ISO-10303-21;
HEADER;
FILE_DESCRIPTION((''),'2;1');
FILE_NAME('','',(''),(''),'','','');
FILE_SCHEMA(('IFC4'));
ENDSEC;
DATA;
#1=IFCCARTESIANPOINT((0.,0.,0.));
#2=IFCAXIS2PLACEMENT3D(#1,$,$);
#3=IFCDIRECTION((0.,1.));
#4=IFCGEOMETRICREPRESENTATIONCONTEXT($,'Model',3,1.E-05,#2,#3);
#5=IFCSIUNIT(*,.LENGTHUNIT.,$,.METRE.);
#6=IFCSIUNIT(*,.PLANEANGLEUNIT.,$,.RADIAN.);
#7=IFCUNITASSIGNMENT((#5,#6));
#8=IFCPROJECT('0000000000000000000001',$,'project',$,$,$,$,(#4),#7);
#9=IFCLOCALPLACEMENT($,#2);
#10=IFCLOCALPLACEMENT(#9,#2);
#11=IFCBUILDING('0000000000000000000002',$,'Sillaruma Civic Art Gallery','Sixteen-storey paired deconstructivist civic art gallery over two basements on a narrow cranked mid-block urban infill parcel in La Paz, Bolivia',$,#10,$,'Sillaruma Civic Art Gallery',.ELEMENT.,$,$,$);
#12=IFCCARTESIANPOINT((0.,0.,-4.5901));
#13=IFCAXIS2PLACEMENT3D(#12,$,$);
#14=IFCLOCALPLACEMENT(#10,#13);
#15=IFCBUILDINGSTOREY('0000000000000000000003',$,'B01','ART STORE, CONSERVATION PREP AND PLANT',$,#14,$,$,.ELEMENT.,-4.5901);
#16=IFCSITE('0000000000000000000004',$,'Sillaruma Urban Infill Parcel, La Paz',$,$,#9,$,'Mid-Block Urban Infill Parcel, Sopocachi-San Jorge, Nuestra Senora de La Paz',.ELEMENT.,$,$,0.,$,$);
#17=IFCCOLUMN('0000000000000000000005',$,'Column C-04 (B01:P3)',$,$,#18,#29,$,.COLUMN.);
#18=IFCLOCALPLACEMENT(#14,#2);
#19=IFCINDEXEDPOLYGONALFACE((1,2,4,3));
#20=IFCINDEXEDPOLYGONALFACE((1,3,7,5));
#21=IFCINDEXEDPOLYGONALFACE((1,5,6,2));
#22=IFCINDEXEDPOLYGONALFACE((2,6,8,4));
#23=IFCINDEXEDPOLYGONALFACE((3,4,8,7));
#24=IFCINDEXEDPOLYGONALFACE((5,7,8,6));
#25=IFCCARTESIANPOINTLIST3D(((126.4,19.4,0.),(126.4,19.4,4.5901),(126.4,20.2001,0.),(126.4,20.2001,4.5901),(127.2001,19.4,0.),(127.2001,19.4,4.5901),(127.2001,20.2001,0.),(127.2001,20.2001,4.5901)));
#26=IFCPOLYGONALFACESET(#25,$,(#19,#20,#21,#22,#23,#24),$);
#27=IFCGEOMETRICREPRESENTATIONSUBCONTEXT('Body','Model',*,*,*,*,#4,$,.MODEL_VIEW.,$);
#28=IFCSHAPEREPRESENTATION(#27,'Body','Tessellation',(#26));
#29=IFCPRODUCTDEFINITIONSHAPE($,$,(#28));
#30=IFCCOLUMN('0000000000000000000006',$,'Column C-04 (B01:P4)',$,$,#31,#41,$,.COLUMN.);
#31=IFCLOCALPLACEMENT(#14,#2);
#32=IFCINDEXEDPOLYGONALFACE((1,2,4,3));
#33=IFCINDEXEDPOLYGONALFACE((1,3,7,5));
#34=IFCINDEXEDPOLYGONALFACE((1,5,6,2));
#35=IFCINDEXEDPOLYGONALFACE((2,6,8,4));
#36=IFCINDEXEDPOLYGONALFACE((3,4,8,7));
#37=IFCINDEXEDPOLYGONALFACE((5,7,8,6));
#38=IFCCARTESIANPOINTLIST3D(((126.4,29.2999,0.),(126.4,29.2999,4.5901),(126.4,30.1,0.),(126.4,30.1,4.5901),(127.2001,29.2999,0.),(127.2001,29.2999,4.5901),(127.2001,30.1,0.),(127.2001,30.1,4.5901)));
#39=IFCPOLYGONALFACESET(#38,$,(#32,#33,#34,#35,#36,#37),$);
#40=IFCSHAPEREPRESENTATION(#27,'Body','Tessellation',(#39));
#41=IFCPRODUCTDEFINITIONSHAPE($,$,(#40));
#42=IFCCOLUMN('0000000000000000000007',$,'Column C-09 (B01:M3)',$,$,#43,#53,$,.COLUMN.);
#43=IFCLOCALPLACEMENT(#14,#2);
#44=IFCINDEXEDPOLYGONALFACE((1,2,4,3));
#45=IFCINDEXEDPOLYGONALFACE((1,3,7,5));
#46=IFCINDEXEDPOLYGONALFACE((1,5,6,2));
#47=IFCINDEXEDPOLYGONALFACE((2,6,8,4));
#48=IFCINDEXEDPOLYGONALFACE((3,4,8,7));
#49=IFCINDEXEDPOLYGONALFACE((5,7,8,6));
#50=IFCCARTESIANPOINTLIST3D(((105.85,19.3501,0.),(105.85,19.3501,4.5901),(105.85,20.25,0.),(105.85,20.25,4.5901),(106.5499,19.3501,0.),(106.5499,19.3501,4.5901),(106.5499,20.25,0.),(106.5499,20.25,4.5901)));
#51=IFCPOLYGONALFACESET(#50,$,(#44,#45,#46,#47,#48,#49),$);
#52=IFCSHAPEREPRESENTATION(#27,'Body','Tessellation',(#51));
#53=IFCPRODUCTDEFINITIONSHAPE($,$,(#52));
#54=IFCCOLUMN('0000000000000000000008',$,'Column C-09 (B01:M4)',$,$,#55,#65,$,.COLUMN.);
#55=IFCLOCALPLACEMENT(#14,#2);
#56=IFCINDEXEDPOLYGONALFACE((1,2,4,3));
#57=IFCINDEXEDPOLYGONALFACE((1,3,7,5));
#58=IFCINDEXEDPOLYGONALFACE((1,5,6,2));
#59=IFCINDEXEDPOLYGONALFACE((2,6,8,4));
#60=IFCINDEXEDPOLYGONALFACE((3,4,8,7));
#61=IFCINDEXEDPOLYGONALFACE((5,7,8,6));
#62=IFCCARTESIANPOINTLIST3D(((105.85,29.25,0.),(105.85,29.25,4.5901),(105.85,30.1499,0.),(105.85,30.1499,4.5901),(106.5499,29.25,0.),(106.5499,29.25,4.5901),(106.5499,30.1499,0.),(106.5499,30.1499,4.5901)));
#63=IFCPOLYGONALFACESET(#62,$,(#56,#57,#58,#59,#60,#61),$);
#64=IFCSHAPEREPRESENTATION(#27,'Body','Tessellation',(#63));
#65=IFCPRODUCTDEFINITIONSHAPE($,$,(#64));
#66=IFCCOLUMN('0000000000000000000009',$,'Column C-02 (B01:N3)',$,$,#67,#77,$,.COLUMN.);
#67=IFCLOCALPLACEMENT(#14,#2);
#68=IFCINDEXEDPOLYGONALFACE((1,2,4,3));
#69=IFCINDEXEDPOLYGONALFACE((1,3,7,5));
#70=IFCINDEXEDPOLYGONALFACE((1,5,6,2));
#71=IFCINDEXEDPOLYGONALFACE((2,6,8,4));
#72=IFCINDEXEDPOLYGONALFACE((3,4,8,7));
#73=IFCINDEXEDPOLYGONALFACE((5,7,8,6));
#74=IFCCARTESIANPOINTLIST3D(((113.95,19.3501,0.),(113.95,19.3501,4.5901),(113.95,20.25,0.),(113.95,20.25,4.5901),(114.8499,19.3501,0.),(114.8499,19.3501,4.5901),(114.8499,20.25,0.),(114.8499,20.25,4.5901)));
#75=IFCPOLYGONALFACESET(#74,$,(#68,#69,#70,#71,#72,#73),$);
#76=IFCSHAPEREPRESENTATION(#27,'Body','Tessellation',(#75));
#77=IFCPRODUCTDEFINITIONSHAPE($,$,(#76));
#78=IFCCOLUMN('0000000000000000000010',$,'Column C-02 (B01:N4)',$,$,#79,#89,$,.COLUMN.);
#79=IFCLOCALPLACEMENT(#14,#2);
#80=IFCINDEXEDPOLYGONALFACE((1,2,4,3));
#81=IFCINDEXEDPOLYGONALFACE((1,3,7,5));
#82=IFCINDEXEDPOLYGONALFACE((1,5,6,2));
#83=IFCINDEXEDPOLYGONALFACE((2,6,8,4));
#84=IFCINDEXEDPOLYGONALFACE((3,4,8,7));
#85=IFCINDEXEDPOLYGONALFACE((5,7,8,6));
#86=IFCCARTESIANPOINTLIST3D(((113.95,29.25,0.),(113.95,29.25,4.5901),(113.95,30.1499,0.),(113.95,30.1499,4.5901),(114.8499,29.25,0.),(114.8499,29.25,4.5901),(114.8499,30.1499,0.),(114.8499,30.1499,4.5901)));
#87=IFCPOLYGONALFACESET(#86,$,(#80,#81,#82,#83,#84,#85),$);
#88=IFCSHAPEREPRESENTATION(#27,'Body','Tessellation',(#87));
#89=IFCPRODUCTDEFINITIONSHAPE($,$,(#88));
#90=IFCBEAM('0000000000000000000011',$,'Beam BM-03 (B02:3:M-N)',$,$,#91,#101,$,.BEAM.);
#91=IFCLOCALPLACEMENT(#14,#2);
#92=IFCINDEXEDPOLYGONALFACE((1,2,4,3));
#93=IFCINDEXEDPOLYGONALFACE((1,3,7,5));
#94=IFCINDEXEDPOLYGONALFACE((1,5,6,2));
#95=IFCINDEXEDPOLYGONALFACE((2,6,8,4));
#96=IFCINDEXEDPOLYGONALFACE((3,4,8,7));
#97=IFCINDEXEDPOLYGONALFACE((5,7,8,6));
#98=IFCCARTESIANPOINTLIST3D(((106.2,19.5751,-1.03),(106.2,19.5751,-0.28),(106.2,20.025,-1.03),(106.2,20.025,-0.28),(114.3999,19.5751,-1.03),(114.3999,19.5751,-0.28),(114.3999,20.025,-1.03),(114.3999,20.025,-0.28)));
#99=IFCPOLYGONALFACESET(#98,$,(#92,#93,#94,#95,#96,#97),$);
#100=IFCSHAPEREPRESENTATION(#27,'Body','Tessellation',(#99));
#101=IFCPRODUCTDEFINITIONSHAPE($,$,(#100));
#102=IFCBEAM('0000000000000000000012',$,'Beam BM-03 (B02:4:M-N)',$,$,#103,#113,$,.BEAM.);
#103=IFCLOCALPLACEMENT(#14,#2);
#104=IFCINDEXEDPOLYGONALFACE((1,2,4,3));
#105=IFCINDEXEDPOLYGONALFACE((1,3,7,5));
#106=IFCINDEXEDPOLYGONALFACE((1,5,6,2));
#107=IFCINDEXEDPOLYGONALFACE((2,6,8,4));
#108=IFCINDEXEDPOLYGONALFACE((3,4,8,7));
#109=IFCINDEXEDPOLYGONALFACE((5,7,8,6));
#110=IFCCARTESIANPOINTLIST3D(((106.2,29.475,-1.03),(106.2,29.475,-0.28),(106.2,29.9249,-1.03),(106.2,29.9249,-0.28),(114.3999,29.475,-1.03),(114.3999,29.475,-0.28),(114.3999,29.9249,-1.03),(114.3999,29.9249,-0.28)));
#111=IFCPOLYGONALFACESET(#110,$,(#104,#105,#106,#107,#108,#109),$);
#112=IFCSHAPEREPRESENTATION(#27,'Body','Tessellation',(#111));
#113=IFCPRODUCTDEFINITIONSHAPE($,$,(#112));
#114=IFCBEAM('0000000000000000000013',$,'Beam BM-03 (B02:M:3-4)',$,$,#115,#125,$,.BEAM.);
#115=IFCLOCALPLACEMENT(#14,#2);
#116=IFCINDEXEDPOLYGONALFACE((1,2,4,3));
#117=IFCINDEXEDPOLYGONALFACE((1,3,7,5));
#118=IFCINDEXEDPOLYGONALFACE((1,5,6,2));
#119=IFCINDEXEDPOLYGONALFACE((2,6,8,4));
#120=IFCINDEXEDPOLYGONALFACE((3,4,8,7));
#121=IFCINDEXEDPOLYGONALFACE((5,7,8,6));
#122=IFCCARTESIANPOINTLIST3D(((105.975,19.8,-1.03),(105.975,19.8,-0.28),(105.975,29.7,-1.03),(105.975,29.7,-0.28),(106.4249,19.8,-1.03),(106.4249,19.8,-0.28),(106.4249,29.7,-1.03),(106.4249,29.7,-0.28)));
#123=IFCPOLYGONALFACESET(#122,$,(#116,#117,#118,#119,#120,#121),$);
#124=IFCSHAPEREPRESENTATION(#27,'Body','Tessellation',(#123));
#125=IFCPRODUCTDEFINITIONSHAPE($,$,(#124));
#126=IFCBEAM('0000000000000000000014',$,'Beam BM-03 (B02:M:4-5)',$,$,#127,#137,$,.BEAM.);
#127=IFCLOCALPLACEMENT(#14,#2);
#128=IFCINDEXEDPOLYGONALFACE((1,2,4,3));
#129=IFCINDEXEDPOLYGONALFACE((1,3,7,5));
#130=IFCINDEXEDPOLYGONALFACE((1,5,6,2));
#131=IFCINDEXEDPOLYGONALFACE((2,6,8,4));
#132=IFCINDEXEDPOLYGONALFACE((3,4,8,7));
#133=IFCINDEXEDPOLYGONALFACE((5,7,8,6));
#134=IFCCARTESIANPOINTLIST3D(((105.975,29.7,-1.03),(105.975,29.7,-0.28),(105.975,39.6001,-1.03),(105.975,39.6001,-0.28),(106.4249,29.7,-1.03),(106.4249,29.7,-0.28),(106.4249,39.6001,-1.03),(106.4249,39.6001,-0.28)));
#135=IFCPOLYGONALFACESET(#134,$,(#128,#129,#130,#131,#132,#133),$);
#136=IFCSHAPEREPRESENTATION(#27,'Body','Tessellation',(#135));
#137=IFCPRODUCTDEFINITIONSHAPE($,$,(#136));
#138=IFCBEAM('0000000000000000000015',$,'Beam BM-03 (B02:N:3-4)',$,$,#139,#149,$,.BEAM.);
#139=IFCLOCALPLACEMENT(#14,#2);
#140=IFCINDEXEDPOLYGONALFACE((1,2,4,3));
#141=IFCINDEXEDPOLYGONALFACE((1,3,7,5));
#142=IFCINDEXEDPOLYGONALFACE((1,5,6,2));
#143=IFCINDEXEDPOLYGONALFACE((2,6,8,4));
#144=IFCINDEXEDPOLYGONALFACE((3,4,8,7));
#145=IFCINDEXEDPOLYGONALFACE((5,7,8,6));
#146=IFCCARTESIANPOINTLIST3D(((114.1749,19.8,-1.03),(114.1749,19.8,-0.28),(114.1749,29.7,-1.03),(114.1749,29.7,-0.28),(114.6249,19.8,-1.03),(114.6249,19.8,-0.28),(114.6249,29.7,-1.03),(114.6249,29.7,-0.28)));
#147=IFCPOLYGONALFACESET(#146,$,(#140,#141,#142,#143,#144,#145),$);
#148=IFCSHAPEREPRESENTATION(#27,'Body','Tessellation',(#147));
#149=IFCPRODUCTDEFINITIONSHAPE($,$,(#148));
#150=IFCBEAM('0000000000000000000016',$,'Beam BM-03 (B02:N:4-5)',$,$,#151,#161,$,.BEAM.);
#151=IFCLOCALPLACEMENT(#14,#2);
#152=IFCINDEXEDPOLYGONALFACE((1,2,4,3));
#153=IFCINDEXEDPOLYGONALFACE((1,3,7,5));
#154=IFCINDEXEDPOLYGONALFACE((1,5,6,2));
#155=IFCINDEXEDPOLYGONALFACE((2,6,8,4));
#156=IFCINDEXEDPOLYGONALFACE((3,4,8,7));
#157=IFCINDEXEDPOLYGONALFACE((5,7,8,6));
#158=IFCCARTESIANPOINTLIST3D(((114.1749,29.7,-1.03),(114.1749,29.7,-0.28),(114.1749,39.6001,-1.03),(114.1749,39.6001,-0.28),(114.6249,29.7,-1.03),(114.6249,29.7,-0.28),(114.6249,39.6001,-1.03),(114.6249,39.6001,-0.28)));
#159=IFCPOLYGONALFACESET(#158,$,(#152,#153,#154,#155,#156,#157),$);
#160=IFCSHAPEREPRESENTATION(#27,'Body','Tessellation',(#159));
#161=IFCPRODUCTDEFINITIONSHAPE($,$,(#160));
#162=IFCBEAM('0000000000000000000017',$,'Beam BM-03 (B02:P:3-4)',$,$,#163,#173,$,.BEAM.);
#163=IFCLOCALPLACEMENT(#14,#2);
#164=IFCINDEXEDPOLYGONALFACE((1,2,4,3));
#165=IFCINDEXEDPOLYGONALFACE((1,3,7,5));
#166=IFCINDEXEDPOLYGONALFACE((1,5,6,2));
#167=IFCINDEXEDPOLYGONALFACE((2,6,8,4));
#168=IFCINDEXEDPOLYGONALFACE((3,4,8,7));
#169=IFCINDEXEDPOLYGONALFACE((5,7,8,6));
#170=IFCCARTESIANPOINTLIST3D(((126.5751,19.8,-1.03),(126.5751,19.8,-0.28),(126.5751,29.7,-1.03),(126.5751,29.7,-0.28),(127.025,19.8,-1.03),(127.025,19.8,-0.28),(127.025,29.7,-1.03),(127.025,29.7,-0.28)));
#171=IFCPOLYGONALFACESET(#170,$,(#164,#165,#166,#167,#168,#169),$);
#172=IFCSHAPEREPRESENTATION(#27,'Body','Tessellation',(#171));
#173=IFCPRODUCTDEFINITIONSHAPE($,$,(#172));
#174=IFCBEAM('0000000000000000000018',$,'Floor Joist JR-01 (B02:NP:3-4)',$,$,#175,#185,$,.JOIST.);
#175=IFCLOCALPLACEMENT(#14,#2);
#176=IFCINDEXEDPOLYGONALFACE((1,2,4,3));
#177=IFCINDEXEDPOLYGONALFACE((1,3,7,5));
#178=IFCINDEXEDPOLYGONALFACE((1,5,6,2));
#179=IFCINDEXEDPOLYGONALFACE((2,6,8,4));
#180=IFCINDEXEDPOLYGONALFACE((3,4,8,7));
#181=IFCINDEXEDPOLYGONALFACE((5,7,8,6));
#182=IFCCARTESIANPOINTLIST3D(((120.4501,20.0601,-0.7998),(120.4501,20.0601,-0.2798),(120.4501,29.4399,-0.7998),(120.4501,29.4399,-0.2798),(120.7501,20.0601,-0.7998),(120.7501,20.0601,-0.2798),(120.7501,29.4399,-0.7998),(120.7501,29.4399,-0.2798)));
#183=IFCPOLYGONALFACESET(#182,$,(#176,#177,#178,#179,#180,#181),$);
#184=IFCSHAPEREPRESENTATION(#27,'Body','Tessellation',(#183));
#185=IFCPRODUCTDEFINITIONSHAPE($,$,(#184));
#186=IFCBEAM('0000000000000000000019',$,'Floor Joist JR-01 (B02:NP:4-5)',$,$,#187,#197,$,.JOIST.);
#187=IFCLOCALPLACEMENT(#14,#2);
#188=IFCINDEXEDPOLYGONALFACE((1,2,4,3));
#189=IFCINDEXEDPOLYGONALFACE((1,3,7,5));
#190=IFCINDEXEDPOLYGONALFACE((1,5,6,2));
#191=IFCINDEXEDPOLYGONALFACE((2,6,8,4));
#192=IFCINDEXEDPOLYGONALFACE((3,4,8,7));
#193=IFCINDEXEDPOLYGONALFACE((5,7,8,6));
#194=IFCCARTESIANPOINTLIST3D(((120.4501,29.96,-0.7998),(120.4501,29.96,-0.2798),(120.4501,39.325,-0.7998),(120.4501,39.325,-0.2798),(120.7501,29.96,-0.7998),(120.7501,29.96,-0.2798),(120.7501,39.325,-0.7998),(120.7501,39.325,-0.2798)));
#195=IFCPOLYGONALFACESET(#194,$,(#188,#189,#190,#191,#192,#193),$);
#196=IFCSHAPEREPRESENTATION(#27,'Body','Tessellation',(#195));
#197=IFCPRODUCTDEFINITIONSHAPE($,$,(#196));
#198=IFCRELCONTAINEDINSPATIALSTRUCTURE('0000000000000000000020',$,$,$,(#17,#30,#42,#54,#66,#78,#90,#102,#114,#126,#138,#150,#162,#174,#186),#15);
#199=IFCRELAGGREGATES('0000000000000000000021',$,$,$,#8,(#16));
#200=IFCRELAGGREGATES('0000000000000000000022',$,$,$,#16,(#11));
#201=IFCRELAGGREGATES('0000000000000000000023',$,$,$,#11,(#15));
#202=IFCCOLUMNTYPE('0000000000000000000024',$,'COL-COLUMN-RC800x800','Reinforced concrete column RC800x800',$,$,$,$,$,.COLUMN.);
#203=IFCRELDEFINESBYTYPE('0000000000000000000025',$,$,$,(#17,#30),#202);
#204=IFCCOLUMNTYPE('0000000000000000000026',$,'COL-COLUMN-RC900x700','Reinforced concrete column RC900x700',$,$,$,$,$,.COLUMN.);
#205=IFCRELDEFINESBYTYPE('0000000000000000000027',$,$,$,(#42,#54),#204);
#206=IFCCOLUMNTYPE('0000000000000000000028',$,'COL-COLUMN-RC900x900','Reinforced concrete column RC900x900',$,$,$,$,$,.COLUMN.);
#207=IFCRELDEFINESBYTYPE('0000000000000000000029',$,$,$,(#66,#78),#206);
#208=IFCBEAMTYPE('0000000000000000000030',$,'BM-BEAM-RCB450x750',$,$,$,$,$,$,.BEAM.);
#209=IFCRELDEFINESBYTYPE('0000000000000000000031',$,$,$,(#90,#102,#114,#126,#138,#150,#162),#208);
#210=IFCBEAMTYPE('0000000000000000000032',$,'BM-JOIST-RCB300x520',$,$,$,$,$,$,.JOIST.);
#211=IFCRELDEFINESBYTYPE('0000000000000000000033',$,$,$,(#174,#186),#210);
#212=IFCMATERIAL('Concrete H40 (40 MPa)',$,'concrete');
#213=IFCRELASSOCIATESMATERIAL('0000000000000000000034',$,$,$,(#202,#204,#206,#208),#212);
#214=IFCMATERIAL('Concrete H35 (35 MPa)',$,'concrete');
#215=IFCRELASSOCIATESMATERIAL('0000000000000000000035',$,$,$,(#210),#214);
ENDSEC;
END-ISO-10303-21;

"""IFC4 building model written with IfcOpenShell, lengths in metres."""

from ifc_helpers import new_model, si_unit, direction, frame, origin, origin_2d, place, context, subcontext, project, spatial, rectangle, extrude, material, material_profile, profile_set, type_object, element, save


model = new_model("IFC4")

# Units and contexts
model_context = context("Model", 3, precision=1e-05, world=origin(), true_north=direction((0.0, 1.0)))
body_context = subcontext(model_context, "Body", "Model", "MODEL_VIEW")
ifc_project = project(units=[si_unit("LENGTHUNIT", "METRE"), si_unit("PLANEANGLEUNIT", "RADIAN")], contexts=[model_context])

# Site, building, storey
site_placement = place(None, origin())
site = spatial("IfcSite", under=ifc_project, at=site_placement, Name="Sillaruma Urban Infill Parcel, La Paz", LongName="Mid-Block Urban Infill Parcel, Sopocachi-San Jorge, Nuestra Senora de La Paz", CompositionType="ELEMENT", RefElevation=0.0)
building_placement = place(site_placement, origin())
building = spatial("IfcBuilding", under=site, at=building_placement, Name="Sillaruma Civic Art Gallery", Description="Sixteen-storey paired deconstructivist civic art gallery over two basements on a narrow cranked mid-block urban infill parcel in La Paz, Bolivia", LongName="Sillaruma Civic Art Gallery", CompositionType="ELEMENT")
storey_placement = place(building_placement, frame((0.0, 0.0, -4.5901)))
storey = spatial("IfcBuildingStorey", under=building, at=storey_placement, Name="B01", Description="ART STORE, CONSERVATION PREP AND PLANT", CompositionType="ELEMENT", Elevation=-4.5901)

# Columns
ifc_material_1 = material(Name="Concrete H40 (40 MPa)", Category="concrete")
ifc_material_profile_1 = material_profile(ifc_material_1, rectangle(XDim=0.8, YDim=0.8, at=origin_2d()), Name="RC800x800")
ifc_profile_set_1 = profile_set([ifc_material_profile_1], Name="Concrete H40 (40 MPa)")
column_type_1 = type_object("IfcColumnType", Name="COL-COLUMN-RC800x800", Description="Reinforced concrete column RC800x800", PredefinedType="COLUMN", material=ifc_profile_set_1)
for number, where, z_axis, x_axis, name in (
    (1, (126.8, 19.8, 0.0), (0.0, 0.0, 1.0), (1.0, 0.0, 0.0), "Column C-04 (B01:P3)"),
    (2, (126.8, 29.7, 0.0), (0.0, 0.0, 1.0), (1.0, 0.0, 0.0), "Column C-04 (B01:P4)"),
):
    element("IfcColumn", number, at=place(storey_placement, frame(where, z_axis=z_axis, x_axis=x_axis)), inside=storey, type_object=column_type_1, Name=name, PredefinedType="COLUMN", context=body_context, shape_type="SweptSolid", body=[
        extrude(rectangle(XDim=0.8, YDim=0.8, at=origin_2d()), origin(), (0.0, 0.0, 1.0), 4.5901),
    ])
ifc_material_profile_2 = material_profile(ifc_material_1, rectangle(XDim=0.7, YDim=0.8999, at=origin_2d()), Name="RC900x700")
ifc_profile_set_2 = profile_set([ifc_material_profile_2], Name="Concrete H40 (40 MPa)")
column_type_2 = type_object("IfcColumnType", Name="COL-COLUMN-RC900x700", Description="Reinforced concrete column RC900x700", PredefinedType="COLUMN", material=ifc_profile_set_2)
for number, where, z_axis, x_axis, name in (
    (3, (106.2, 19.8, 0.0), (0.0, 0.0, 1.0), (1.0, 0.0, 0.0), "Column C-09 (B01:M3)"),
    (4, (106.2, 29.7, 0.0), (0.0, 0.0, 1.0), (1.0, 0.0, 0.0), "Column C-09 (B01:M4)"),
):
    element("IfcColumn", number, at=place(storey_placement, frame(where, z_axis=z_axis, x_axis=x_axis)), inside=storey, type_object=column_type_2, Name=name, PredefinedType="COLUMN", context=body_context, shape_type="SweptSolid", body=[
        extrude(rectangle(XDim=0.7, YDim=0.8999, at=origin_2d()), origin(), (0.0, 0.0, 1.0), 4.5901),
    ])
ifc_material_profile_3 = material_profile(ifc_material_1, rectangle(XDim=0.8999, YDim=0.8999, at=origin_2d()), Name="RC900x900")
ifc_profile_set_3 = profile_set([ifc_material_profile_3], Name="Concrete H40 (40 MPa)")
column_type_3 = type_object("IfcColumnType", Name="COL-COLUMN-RC900x900", Description="Reinforced concrete column RC900x900", PredefinedType="COLUMN", material=ifc_profile_set_3)
for number, where, z_axis, x_axis, name in (
    (5, (114.3999, 19.8, 0.0), (0.0, 0.0, 1.0), (1.0, 0.0, 0.0), "Column C-02 (B01:N3)"),
    (6, (114.3999, 29.7, 0.0), (0.0, 0.0, 1.0), (1.0, 0.0, 0.0), "Column C-02 (B01:N4)"),
):
    element("IfcColumn", number, at=place(storey_placement, frame(where, z_axis=z_axis, x_axis=x_axis)), inside=storey, type_object=column_type_3, Name=name, PredefinedType="COLUMN", context=body_context, shape_type="SweptSolid", body=[
        extrude(rectangle(XDim=0.8999, YDim=0.8999, at=origin_2d()), origin(), (0.0, 0.0, 1.0), 4.5901),
    ])

# Beams
ifc_material_profile_4 = material_profile(ifc_material_1, rectangle(XDim=0.45, YDim=0.75, at=origin_2d()), Name="RCB450x750")
ifc_profile_set_4 = profile_set([ifc_material_profile_4], Name="Concrete H40 (40 MPa)")
beam_type_1 = type_object("IfcBeamType", Name="BM-BEAM-RCB450x750", PredefinedType="BEAM", material=ifc_profile_set_4)
for number, where, z_axis, x_axis, name in (
    (7, (106.2, 19.8, -0.655), (1.0, 0.0, 0.0), (0.0, 1.0, 0.0), "Beam BM-03 (B02:3:M-N)"),
    (8, (106.2, 29.7, -0.655), (1.0, 0.0, 0.0), (0.0, 1.0, 0.0), "Beam BM-03 (B02:4:M-N)"),
):
    element("IfcBeam", number, at=place(storey_placement, frame(where, z_axis=z_axis, x_axis=x_axis)), inside=storey, type_object=beam_type_1, Name=name, PredefinedType="BEAM", context=body_context, shape_type="SweptSolid", body=[
        extrude(rectangle(XDim=0.45, YDim=0.75, at=origin_2d()), origin(), (0.0, 0.0, 1.0), 8.2),
    ])
beam_1_placement = place(storey_placement, frame((106.2, 19.8, -0.655), z_axis=(0.0, 1.0, 0.0), x_axis=(-1.0, 0.0, 0.0)))
element("IfcBeam", 9, at=beam_1_placement, inside=storey, type_object=beam_type_1, Name="Beam BM-03 (B02:M:3-4)", PredefinedType="BEAM", context=body_context, shape_type="SweptSolid", body=[
    extrude(rectangle(XDim=0.45, YDim=0.75, at=origin_2d()), origin(), (0.0, 0.0, 1.0), 9.8999),
])
beam_2_placement = place(storey_placement, frame((106.2, 29.7, -0.655), z_axis=(0.0, 1.0, 0.0), x_axis=(-1.0, 0.0, 0.0)))
element("IfcBeam", 10, at=beam_2_placement, inside=storey, type_object=beam_type_1, Name="Beam BM-03 (B02:M:4-5)", PredefinedType="BEAM", context=body_context, shape_type="SweptSolid", body=[
    extrude(rectangle(XDim=0.45, YDim=0.75, at=origin_2d()), origin(), (0.0, 0.0, 1.0), 9.9001),
])
beam_3_placement = place(storey_placement, frame((114.3999, 19.8, -0.655), z_axis=(0.0, 1.0, 0.0), x_axis=(-1.0, 0.0, 0.0)))
element("IfcBeam", 11, at=beam_3_placement, inside=storey, type_object=beam_type_1, Name="Beam BM-03 (B02:N:3-4)", PredefinedType="BEAM", context=body_context, shape_type="SweptSolid", body=[
    extrude(rectangle(XDim=0.45, YDim=0.75, at=origin_2d()), origin(), (0.0, 0.0, 1.0), 9.8999),
])
beam_4_placement = place(storey_placement, frame((114.3999, 29.7, -0.655), z_axis=(0.0, 1.0, 0.0), x_axis=(-1.0, 0.0, 0.0)))
element("IfcBeam", 12, at=beam_4_placement, inside=storey, type_object=beam_type_1, Name="Beam BM-03 (B02:N:4-5)", PredefinedType="BEAM", context=body_context, shape_type="SweptSolid", body=[
    extrude(rectangle(XDim=0.45, YDim=0.75, at=origin_2d()), origin(), (0.0, 0.0, 1.0), 9.9001),
])
beam_5_placement = place(storey_placement, frame((126.8, 19.8, -0.655), z_axis=(0.0, 1.0, 0.0), x_axis=(-1.0, 0.0, 0.0)))
element("IfcBeam", 13, at=beam_5_placement, inside=storey, type_object=beam_type_1, Name="Beam BM-03 (B02:P:3-4)", PredefinedType="BEAM", context=body_context, shape_type="SweptSolid", body=[
    extrude(rectangle(XDim=0.45, YDim=0.75, at=origin_2d()), origin(), (0.0, 0.0, 1.0), 9.8999),
])
ifc_material_2 = material(Name="Concrete H35 (35 MPa)", Category="concrete")
ifc_material_profile_5 = material_profile(ifc_material_2, rectangle(XDim=0.3, YDim=0.52, at=origin_2d()), Name="RCB300x520")
ifc_profile_set_5 = profile_set([ifc_material_profile_5], Name="Concrete H35 (35 MPa)")
beam_type_2 = type_object("IfcBeamType", Name="BM-JOIST-RCB300x520", PredefinedType="JOIST", material=ifc_profile_set_5)
beam_6_placement = place(storey_placement, frame((120.6001, 20.0601, -0.5398), z_axis=(0.0, 1.0, 0.0), x_axis=(-1.0, 0.0, 0.0)))
element("IfcBeam", 14, at=beam_6_placement, inside=storey, type_object=beam_type_2, Name="Floor Joist JR-01 (B02:NP:3-4)", PredefinedType="JOIST", context=body_context, shape_type="SweptSolid", body=[
    extrude(rectangle(XDim=0.3, YDim=0.52, at=origin_2d()), origin(), (0.0, 0.0, 1.0), 9.3799),
])
beam_7_placement = place(storey_placement, frame((120.6001, 29.96, -0.5398), z_axis=(0.0, 1.0, 0.0), x_axis=(-1.0, 0.0, 0.0)))
element("IfcBeam", 15, at=beam_7_placement, inside=storey, type_object=beam_type_2, Name="Floor Joist JR-01 (B02:NP:4-5)", PredefinedType="JOIST", context=body_context, shape_type="SweptSolid", body=[
    extrude(rectangle(XDim=0.3, YDim=0.52, at=origin_2d()), origin(), (0.0, 0.0, 1.0), 9.365),
])

save(model, "model.ifc")
